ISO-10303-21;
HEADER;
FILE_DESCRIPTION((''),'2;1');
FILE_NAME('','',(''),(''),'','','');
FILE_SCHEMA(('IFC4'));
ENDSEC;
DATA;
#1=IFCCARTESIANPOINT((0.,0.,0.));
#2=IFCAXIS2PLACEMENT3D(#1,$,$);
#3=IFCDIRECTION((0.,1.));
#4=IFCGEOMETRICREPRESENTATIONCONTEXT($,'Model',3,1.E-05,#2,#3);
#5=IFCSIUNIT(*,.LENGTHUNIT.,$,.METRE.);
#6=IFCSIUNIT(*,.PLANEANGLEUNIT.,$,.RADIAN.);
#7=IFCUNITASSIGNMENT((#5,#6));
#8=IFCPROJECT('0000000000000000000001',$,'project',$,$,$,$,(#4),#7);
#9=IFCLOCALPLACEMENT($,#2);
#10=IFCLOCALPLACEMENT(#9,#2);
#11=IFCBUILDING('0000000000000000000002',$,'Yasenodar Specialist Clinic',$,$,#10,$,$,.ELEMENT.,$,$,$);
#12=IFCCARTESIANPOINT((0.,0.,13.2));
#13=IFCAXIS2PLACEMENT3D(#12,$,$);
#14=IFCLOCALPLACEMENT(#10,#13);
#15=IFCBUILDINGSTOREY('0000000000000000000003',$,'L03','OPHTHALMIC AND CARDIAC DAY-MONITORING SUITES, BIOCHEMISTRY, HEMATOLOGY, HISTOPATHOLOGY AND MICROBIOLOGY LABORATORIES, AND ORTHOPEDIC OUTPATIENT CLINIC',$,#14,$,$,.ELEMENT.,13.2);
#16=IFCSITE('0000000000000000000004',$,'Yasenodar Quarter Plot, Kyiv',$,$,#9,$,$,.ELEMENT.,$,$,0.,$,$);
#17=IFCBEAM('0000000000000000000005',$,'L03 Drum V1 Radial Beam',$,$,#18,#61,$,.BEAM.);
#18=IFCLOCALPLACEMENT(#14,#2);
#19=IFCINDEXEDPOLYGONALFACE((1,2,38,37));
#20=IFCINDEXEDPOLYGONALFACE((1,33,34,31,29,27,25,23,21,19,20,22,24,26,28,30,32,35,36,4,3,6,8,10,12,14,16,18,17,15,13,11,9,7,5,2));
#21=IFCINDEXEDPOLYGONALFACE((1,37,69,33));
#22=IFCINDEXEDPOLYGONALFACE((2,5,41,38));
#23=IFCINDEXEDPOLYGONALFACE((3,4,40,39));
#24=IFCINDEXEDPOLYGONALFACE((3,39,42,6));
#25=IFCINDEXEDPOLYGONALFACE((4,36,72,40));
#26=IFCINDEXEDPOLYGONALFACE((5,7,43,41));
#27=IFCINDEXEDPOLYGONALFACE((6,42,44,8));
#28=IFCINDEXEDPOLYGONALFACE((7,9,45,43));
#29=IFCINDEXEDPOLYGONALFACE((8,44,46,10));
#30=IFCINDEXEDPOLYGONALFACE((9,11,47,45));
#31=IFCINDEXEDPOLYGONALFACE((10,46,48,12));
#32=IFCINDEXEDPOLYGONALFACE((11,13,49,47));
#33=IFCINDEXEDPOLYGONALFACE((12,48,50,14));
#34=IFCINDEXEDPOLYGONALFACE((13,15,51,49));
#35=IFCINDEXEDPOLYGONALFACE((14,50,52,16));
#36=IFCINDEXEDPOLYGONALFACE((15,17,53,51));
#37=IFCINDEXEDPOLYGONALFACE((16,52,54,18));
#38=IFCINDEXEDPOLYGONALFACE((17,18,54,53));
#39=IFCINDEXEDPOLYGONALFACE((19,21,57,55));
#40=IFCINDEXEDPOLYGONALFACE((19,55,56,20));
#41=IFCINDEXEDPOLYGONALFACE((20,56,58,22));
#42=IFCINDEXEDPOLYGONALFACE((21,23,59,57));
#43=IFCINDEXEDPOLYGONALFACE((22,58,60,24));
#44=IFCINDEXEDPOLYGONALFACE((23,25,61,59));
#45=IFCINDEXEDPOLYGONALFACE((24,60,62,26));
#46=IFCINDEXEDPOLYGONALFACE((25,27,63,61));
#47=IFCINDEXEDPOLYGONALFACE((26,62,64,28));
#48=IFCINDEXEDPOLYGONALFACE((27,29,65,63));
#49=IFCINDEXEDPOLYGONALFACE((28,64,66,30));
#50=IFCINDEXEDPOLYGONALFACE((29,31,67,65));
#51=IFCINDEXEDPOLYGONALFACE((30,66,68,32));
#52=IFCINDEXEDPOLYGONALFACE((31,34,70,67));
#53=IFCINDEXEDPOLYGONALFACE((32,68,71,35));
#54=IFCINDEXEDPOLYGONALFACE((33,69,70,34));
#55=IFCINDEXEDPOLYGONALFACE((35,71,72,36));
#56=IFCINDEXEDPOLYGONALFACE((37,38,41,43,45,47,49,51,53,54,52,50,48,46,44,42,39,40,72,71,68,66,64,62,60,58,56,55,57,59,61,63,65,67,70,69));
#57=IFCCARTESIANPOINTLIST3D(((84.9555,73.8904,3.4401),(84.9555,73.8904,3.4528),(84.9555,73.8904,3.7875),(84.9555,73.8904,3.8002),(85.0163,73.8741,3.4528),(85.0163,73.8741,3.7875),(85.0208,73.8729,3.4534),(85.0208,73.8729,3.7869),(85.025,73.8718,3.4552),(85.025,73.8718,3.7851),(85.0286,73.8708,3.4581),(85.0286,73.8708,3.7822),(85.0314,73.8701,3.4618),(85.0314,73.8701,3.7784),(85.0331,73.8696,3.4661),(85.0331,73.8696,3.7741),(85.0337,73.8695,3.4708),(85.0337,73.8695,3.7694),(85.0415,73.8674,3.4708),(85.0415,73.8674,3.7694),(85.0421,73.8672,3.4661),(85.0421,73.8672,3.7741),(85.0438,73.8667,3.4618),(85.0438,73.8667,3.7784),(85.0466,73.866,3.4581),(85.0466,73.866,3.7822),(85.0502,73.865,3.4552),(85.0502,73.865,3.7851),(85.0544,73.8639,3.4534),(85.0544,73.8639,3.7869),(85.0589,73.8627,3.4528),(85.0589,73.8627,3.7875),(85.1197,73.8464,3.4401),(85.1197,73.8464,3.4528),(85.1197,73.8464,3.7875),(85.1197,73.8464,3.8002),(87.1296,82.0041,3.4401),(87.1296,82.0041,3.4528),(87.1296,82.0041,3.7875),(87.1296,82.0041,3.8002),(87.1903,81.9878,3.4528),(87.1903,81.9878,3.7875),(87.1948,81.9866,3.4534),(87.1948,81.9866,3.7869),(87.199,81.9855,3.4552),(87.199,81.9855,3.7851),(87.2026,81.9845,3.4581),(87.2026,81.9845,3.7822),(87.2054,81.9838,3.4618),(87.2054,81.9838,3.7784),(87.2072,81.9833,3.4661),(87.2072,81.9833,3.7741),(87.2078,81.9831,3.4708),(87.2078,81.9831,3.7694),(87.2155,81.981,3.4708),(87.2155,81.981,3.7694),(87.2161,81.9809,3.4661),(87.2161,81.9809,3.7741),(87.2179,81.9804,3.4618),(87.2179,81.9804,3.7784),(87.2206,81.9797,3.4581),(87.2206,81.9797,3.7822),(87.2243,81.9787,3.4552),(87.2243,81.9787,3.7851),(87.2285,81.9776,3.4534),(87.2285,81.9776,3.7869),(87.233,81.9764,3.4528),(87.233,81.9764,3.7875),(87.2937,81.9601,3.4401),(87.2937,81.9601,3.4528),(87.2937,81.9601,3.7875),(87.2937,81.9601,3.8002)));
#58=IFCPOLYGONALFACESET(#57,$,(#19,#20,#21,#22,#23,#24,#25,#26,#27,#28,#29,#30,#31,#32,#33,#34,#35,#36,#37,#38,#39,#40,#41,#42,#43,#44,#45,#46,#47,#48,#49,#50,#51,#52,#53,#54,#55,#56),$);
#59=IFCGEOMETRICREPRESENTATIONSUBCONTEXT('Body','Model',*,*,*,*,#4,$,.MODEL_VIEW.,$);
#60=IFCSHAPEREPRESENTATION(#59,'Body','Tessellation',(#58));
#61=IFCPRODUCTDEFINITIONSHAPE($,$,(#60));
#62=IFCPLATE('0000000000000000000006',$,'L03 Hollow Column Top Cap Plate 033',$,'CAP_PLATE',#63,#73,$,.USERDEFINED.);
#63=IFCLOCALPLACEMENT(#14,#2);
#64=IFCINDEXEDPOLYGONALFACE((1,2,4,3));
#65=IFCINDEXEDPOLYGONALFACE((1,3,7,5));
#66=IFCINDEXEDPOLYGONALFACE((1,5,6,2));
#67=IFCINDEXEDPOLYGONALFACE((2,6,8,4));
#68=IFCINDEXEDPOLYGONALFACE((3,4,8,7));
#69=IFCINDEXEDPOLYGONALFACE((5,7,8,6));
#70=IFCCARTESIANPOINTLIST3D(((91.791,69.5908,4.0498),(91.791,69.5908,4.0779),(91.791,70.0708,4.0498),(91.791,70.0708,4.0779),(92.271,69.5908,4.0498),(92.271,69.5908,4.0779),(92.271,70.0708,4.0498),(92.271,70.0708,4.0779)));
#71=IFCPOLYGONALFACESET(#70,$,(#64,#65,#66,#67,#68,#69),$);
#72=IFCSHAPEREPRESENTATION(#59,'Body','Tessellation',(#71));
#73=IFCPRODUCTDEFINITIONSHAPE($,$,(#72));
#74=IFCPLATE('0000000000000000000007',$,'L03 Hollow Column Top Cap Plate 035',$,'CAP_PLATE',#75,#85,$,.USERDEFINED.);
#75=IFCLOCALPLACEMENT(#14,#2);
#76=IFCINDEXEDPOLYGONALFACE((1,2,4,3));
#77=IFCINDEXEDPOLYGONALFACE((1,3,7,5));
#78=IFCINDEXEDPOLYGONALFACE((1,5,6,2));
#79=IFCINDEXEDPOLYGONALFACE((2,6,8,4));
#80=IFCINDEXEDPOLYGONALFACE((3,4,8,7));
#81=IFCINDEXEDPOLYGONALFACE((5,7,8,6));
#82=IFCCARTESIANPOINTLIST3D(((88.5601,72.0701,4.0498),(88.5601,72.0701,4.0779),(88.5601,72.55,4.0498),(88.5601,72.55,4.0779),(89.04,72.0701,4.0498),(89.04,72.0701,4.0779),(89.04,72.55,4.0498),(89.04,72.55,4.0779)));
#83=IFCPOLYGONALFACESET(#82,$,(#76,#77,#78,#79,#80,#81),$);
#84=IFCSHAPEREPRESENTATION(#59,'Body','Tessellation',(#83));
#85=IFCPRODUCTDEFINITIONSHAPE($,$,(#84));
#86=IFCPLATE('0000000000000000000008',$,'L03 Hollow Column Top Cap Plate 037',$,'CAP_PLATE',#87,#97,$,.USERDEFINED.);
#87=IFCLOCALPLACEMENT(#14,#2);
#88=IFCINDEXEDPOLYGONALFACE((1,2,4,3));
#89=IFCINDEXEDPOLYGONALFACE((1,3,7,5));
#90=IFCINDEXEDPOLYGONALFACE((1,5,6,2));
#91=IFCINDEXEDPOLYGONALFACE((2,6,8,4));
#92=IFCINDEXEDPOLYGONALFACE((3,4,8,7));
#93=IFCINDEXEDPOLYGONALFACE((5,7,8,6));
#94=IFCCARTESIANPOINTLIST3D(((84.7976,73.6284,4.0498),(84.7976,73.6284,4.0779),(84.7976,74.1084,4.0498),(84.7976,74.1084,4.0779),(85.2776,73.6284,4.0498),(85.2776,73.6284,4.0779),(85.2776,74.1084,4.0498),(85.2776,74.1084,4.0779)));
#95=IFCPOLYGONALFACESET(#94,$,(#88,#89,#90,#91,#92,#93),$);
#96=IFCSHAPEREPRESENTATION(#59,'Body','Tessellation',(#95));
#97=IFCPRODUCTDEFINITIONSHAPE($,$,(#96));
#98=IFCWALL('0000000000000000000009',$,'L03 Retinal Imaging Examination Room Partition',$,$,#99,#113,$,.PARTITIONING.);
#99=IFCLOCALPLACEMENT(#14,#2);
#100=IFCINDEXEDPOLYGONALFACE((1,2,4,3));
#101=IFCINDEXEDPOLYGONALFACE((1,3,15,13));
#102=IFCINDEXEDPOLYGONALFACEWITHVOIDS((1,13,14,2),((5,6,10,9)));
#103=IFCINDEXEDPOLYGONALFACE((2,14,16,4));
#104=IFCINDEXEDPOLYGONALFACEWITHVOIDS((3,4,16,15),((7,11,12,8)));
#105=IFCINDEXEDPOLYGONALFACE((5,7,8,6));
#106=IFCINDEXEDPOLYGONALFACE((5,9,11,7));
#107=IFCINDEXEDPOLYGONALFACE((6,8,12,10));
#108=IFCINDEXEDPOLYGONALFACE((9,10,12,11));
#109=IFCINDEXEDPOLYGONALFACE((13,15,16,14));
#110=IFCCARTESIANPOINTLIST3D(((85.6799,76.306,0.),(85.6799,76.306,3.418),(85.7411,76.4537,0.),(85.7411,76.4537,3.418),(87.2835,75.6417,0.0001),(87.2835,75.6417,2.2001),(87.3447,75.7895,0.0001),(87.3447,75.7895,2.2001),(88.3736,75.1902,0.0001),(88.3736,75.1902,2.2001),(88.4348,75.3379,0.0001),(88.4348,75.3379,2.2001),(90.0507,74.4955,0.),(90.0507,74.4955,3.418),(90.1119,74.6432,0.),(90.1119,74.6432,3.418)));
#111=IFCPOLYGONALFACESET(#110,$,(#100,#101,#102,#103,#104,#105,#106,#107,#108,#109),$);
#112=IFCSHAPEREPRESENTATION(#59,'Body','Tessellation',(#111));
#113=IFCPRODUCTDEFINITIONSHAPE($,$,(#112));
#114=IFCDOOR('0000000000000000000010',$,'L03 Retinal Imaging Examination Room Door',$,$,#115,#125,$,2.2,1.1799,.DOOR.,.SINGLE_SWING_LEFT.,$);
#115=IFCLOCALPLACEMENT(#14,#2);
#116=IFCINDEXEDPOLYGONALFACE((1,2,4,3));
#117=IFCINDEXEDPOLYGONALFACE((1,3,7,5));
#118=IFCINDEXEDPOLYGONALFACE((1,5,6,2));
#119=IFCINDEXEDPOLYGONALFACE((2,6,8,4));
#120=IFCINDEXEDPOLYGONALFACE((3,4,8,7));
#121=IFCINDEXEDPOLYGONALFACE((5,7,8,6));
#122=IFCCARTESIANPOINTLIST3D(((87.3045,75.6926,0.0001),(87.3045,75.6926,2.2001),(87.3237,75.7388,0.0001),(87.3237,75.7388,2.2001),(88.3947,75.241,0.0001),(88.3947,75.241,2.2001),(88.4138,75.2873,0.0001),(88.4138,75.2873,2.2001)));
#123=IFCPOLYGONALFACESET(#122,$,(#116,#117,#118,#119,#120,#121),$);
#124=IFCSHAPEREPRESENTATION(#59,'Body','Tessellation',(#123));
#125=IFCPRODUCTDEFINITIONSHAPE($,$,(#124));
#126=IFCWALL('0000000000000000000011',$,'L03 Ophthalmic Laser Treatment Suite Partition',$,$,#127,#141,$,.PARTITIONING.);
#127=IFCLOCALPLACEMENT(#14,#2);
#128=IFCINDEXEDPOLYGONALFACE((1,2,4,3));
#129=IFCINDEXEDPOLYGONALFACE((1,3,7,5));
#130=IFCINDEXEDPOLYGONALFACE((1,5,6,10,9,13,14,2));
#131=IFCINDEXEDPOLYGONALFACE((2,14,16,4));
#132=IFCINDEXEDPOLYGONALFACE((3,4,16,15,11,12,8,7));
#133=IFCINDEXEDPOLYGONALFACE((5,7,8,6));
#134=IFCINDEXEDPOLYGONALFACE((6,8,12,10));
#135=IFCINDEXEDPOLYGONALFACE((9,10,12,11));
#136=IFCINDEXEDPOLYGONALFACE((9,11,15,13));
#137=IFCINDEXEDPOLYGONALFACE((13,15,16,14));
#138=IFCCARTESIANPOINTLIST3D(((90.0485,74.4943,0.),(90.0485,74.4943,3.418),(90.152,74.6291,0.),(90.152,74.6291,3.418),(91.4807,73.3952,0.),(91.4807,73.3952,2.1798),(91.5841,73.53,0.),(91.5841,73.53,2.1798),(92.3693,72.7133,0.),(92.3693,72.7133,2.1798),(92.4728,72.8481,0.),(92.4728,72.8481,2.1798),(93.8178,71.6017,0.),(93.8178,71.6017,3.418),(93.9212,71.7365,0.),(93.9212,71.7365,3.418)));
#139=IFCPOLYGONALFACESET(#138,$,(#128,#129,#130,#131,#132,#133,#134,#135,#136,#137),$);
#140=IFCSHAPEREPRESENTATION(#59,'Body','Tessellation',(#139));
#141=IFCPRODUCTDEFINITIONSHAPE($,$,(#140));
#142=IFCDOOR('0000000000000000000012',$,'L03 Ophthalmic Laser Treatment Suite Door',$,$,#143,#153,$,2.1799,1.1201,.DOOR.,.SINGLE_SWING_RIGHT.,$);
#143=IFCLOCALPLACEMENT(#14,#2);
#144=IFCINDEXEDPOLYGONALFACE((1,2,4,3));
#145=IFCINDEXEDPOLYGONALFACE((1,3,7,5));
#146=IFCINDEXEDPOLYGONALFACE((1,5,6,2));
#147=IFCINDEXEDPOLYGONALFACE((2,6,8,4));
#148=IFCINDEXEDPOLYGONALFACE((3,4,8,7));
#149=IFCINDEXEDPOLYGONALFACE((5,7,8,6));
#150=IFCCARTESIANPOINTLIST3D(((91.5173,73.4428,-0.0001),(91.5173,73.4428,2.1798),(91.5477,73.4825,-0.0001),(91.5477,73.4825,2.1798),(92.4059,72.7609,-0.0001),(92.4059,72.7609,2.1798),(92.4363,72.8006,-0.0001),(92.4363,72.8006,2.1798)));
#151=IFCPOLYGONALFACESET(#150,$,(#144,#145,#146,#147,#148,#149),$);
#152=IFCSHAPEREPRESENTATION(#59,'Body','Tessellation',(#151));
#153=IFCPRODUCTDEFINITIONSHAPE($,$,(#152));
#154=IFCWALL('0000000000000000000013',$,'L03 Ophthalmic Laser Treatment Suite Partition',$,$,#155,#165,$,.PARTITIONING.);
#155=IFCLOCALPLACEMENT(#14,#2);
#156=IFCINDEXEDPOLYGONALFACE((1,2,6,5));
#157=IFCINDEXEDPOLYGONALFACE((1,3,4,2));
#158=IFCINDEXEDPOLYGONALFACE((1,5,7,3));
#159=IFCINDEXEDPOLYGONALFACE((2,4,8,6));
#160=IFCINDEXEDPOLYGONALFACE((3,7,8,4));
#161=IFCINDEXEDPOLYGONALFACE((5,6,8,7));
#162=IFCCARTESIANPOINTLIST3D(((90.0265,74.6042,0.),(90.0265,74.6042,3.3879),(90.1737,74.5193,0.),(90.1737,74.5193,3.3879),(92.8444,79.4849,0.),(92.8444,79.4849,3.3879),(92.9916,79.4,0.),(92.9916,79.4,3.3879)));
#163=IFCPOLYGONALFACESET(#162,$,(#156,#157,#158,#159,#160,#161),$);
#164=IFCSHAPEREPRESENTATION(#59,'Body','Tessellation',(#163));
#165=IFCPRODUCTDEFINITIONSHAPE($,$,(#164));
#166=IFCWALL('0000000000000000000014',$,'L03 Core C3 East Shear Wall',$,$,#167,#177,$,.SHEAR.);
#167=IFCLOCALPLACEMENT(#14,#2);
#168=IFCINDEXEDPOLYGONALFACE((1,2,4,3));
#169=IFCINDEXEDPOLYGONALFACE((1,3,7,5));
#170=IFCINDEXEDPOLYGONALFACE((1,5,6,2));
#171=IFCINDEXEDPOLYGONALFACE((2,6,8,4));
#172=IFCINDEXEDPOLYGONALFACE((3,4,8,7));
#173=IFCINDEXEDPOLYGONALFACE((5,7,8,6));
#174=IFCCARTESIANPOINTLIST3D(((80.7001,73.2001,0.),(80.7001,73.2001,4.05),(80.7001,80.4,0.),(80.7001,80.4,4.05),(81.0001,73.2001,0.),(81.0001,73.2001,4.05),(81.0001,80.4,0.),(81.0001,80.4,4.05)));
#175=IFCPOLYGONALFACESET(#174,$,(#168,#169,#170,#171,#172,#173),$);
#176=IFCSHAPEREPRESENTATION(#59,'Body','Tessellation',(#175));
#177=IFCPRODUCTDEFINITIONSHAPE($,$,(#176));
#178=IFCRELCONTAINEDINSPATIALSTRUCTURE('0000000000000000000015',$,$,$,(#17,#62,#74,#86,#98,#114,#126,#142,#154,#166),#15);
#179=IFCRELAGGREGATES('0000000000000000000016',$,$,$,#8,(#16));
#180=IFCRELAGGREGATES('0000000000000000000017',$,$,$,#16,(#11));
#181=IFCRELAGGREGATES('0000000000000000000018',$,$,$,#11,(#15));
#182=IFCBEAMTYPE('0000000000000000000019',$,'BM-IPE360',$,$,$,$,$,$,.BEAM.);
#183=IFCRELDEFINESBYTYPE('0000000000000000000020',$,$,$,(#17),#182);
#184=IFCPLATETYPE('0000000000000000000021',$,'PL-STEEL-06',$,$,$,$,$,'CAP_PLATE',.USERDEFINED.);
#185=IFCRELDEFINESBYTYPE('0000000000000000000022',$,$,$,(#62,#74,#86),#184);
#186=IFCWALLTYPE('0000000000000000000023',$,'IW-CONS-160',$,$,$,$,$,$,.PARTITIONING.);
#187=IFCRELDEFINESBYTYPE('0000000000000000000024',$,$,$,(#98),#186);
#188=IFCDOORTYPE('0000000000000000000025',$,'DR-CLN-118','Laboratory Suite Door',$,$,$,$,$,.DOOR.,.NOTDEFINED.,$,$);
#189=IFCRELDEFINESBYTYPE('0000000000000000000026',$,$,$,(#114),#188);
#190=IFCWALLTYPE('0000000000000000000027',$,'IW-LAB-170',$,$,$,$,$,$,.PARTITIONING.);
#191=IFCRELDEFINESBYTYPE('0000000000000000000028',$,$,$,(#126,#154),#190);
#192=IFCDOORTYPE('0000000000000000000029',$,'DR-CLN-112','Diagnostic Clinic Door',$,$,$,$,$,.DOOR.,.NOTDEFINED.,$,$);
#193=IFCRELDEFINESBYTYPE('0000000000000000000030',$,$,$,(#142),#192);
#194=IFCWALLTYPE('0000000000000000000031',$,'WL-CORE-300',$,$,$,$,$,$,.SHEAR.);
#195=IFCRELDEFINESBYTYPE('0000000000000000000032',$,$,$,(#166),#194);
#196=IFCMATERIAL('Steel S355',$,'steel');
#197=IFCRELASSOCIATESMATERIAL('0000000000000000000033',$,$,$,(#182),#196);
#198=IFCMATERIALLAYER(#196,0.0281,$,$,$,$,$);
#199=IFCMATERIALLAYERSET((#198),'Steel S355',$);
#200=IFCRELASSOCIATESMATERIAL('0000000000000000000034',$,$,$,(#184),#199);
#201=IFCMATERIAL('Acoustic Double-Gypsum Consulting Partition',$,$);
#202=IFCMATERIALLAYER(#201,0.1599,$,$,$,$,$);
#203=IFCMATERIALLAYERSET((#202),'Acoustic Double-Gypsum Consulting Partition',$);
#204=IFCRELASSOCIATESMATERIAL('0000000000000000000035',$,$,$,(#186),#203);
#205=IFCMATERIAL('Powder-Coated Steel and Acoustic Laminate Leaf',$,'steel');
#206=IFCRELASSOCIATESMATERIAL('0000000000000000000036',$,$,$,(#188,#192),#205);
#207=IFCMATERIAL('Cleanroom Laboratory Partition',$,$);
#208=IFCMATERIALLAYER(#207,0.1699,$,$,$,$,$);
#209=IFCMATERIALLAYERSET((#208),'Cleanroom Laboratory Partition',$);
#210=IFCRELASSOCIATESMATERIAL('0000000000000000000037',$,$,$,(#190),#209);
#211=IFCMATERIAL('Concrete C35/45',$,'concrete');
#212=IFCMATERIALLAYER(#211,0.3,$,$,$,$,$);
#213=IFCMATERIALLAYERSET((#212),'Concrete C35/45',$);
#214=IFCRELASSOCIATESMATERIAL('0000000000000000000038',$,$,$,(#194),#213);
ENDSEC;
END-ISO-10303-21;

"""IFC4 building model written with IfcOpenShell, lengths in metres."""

from ifc_helpers import new_model, si_unit, direction, frame, frame_2d, origin, origin_2d, place, context, subcontext, project, spatial, rectangle, i_section, extrude, material, layer, layer_set, material_profile, profile_set, type_object, element, fill, save


model = new_model("IFC4")

# Units and contexts
model_context = context("Model", 3, precision=1e-05, world=origin(), true_north=direction((0.0, 1.0)))
body_context = subcontext(model_context, "Body", "Model", "MODEL_VIEW")
ifc_project = project(units=[si_unit("LENGTHUNIT", "METRE"), si_unit("PLANEANGLEUNIT", "RADIAN")], contexts=[model_context])

# Site, building, storey
site_placement = place(None, origin())
site = spatial("IfcSite", under=ifc_project, at=site_placement, Name="Yasenodar Quarter Plot, Kyiv", CompositionType="ELEMENT", RefElevation=0.0)
building_placement = place(site_placement, origin())
building = spatial("IfcBuilding", under=site, at=building_placement, Name="Yasenodar Specialist Clinic", CompositionType="ELEMENT")
storey_placement = place(building_placement, frame((0.0, 0.0, 13.2)))
storey = spatial("IfcBuildingStorey", under=building, at=storey_placement, Name="L03", Description="OPHTHALMIC AND CARDIAC DAY-MONITORING SUITES, BIOCHEMISTRY, HEMATOLOGY, HISTOPATHOLOGY AND MICROBIOLOGY LABORATORIES, AND ORTHOPEDIC OUTPATIENT CLINIC", CompositionType="ELEMENT", Elevation=13.2)

# Shared definitions
ifc_material_1 = material(Name="Steel S355", Category="steel")

# Beam
ifc_material_profile_1 = material_profile(ifc_material_1, i_section(OverallWidth=0.1699, OverallDepth=0.3601, WebThickness=0.0081, FlangeThickness=0.0127, FilletRadius=0.0181, at=origin_2d()), Name="IPE 360")
ifc_profile_set_1 = profile_set([ifc_material_profile_1], Name="Steel S355")
beam_type_1 = type_object("IfcBeamType", Name="BM-IPE360", PredefinedType="BEAM", material=ifc_profile_set_1)
beam_placement = place(storey_placement, frame((85.0376, 73.8684, 3.6201), z_axis=(0.258818, 0.965926, 0.0), x_axis=(-0.965926, 0.258818, 0.0)))
element("IfcBeam", 1, at=beam_placement, inside=storey, type_object=beam_type_1, Name="L03 Drum V1 Radial Beam", PredefinedType="BEAM", context=body_context, shape_type="SweptSolid", body=[
    extrude(i_section(OverallWidth=0.1699, OverallDepth=0.3601, WebThickness=0.0081, FlangeThickness=0.0127, FilletRadius=0.0181, at=origin_2d()), origin(), (0.0, 0.0, 1.0), 8.3999),
])

# Plates
ifc_layer_1 = layer(ifc_material_1, 0.0281)
ifc_layer_set_1 = layer_set([ifc_layer_1], Name="Steel S355")
plate_type = type_object("IfcPlateType", Name="PL-STEEL-06", ElementType="CAP_PLATE", PredefinedType="USERDEFINED", material=ifc_layer_set_1)
for number, where, z_axis, x_axis, name in (
    (2, (92.031, 69.8308, 4.0498), (0.0, 0.0, 1.0), (1.0, 0.0, 0.0), "L03 Hollow Column Top Cap Plate 033"),
    (3, (88.8, 72.3101, 4.0498), (0.0, 0.0, 1.0), (1.0, 0.0, 0.0), "L03 Hollow Column Top Cap Plate 035"),
    (4, (85.0376, 73.8684, 4.0498), (0.0, 0.0, 1.0), (1.0, 0.0, 0.0), "L03 Hollow Column Top Cap Plate 037"),
):
    element("IfcPlate", number, at=place(storey_placement, frame(where, z_axis=z_axis, x_axis=x_axis)), inside=storey, type_object=plate_type, Name=name, ObjectType="CAP_PLATE", PredefinedType="USERDEFINED", context=body_context, shape_type="SweptSolid", body=[
        extrude(rectangle(XDim=0.48, YDim=0.48, at=origin_2d()), origin(), (0.0, 0.0, 1.0), 0.0281),
    ])

# Walls, openings, doors
ifc_material_2 = material(Name="Acoustic Double-Gypsum Consulting Partition")
ifc_layer_2 = layer(ifc_material_2, 0.1599)
ifc_layer_set_2 = layer_set([ifc_layer_2], Name="Acoustic Double-Gypsum Consulting Partition")
wall_type_1 = type_object("IfcWallType", Name="IW-CONS-160", PredefinedType="PARTITIONING", material=ifc_layer_set_2)
wall_1_placement = place(storey_placement, frame((90.0813, 74.5693, 0.0), z_axis=(0.0, 0.0, 1.0), x_axis=(-0.923873, 0.382698, 0.0)))
wall_1 = element("IfcWall", 5, at=wall_1_placement, inside=storey, type_object=wall_type_1, Name="L03 Retinal Imaging Examination Room Partition", PredefinedType="PARTITIONING", context=body_context, shape_type="SweptSolid", body=[
    extrude(rectangle(XDim=4.731, YDim=0.1599, at=frame_2d((2.3655, 0.0))), origin(), (0.0, 0.0, 1.0), 3.418),
])
opening_1_placement = place(wall_1_placement, frame((1.8154, 0.0, 0.0)))
opening_1 = element("IfcOpeningElement", 6, at=opening_1_placement, cuts=wall_1, PredefinedType="OPENING", context=body_context, shape_type="SweptSolid", body=[
    extrude(rectangle(XDim=1.1799, YDim=2.2, at=frame_2d((0.5898, 1.1001))), frame((0.0, 0.0898, 0.0), z_axis=(0.0, -1.0, 0.0), x_axis=(1.0, 0.0, 0.0)), (0.0, 0.0, 1.0), 0.1799),
])
ifc_material_3 = material(Name="Powder-Coated Steel and Acoustic Laminate Leaf", Category="steel")
door_type_1 = type_object("IfcDoorType", Name="DR-CLN-118", Description="Laboratory Suite Door", OperationType="NOTDEFINED", PredefinedType="DOOR", material=ifc_material_3)
door_1_placement = place(opening_1_placement, origin())
door_1 = element("IfcDoor", 7, at=door_1_placement, inside=storey, type_object=door_type_1, Name="L03 Retinal Imaging Examination Room Door", OperationType="SINGLE_SWING_LEFT", OverallHeight=2.2, OverallWidth=1.1799, PredefinedType="DOOR", context=body_context, shape_type="SweptSolid", body=[
    extrude(rectangle(XDim=1.1799, YDim=2.2, at=frame_2d((0.5898, 1.1001))), frame((0.0, 0.0249, 0.0), z_axis=(0.0, -1.0, 0.0), x_axis=(1.0, 0.0, 0.0)), (0.0, 0.0, 1.0), 0.05),
])
fill(opening_1, door_1)
ifc_material_4 = material(Name="Cleanroom Laboratory Partition")
ifc_layer_3 = layer(ifc_material_4, 0.1699)
ifc_layer_set_3 = layer_set([ifc_layer_3], Name="Cleanroom Laboratory Partition")
wall_type_2 = type_object("IfcWallType", Name="IW-LAB-170", PredefinedType="PARTITIONING", material=ifc_layer_set_3)
wall_2_placement = place(storey_placement, frame((93.8694, 71.6692, 0.0), z_axis=(0.0, 0.0, 1.0), x_axis=(-0.793323, 0.608801, 0.0)))
wall_2 = element("IfcWall", 8, at=wall_2_placement, inside=storey, type_object=wall_type_2, Name="L03 Ophthalmic Laser Treatment Suite Partition", PredefinedType="PARTITIONING", context=body_context, shape_type="SweptSolid", body=[
    extrude(rectangle(XDim=4.7512, YDim=0.1699, at=frame_2d((2.3755, 0.0))), origin(), (0.0, 0.0, 1.0), 3.418),
])
opening_2_placement = place(wall_2_placement, frame((1.8257, 0.0, 0.0)))
opening_2 = element("IfcOpeningElement", 9, at=opening_2_placement, cuts=wall_2, PredefinedType="OPENING", context=body_context, shape_type="SweptSolid", body=[
    extrude(rectangle(XDim=1.1201, YDim=2.1799, at=frame_2d((0.5601, 1.0898))), frame((0.0, 0.095, 0.0), z_axis=(0.0, -1.0, 0.0), x_axis=(1.0, 0.0, 0.0)), (0.0, 0.0, 1.0), 0.1899),
])
door_type_2 = type_object("IfcDoorType", Name="DR-CLN-112", Description="Diagnostic Clinic Door", OperationType="NOTDEFINED", PredefinedType="DOOR", material=ifc_material_3)
door_2_placement = place(opening_2_placement, origin())
door_2 = element("IfcDoor", 10, at=door_2_placement, inside=storey, type_object=door_type_2, Name="L03 Ophthalmic Laser Treatment Suite Door", OperationType="SINGLE_SWING_RIGHT", OverallHeight=2.1799, OverallWidth=1.1201, PredefinedType="DOOR", context=body_context, shape_type="SweptSolid", body=[
    extrude(rectangle(XDim=1.1201, YDim=2.1799, at=frame_2d((0.5601, 1.0898))), frame((0.0, 0.0249, 0.0), z_axis=(0.0, -1.0, 0.0), x_axis=(1.0, 0.0, 0.0)), (0.0, 0.0, 1.0), 0.05),
])
fill(opening_2, door_2)

# Walls
wall_3_placement = place(storey_placement, frame((90.1001, 74.5618, 0.0), z_axis=(0.0, 0.0, 1.0), x_axis=(0.500006, 0.866022, 0.0)))
element("IfcWall", 11, at=wall_3_placement, inside=storey, type_object=wall_type_2, Name="L03 Ophthalmic Laser Treatment Suite Partition", PredefinedType="PARTITIONING", context=body_context, shape_type="SweptSolid", body=[
    extrude(rectangle(XDim=5.6357, YDim=0.1699, at=frame_2d((2.8179, 0.0))), origin(), (0.0, 0.0, 1.0), 3.3879),
])
ifc_material_5 = material(Name="Concrete C35/45", Category="concrete")
ifc_layer_4 = layer(ifc_material_5, 0.3)
ifc_layer_set_4 = layer_set([ifc_layer_4], Name="Concrete C35/45")
wall_type_3 = type_object("IfcWallType", Name="WL-CORE-300", PredefinedType="SHEAR", material=ifc_layer_set_4)
wall_4_placement = place(storey_placement, frame((80.8501, 73.2, 0.0), z_axis=(0.0, 0.0, 1.0), x_axis=(0.0, 1.0, 0.0)))
element("IfcWall", 12, at=wall_4_placement, inside=storey, type_object=wall_type_3, Name="L03 Core C3 East Shear Wall", PredefinedType="SHEAR", context=body_context, shape_type="SweptSolid", body=[
    extrude(rectangle(XDim=7.2, YDim=0.3, at=frame_2d((3.6001, 0.0))), origin(), (0.0, 0.0, 1.0), 4.05),
])

save(model, "model.ifc")
